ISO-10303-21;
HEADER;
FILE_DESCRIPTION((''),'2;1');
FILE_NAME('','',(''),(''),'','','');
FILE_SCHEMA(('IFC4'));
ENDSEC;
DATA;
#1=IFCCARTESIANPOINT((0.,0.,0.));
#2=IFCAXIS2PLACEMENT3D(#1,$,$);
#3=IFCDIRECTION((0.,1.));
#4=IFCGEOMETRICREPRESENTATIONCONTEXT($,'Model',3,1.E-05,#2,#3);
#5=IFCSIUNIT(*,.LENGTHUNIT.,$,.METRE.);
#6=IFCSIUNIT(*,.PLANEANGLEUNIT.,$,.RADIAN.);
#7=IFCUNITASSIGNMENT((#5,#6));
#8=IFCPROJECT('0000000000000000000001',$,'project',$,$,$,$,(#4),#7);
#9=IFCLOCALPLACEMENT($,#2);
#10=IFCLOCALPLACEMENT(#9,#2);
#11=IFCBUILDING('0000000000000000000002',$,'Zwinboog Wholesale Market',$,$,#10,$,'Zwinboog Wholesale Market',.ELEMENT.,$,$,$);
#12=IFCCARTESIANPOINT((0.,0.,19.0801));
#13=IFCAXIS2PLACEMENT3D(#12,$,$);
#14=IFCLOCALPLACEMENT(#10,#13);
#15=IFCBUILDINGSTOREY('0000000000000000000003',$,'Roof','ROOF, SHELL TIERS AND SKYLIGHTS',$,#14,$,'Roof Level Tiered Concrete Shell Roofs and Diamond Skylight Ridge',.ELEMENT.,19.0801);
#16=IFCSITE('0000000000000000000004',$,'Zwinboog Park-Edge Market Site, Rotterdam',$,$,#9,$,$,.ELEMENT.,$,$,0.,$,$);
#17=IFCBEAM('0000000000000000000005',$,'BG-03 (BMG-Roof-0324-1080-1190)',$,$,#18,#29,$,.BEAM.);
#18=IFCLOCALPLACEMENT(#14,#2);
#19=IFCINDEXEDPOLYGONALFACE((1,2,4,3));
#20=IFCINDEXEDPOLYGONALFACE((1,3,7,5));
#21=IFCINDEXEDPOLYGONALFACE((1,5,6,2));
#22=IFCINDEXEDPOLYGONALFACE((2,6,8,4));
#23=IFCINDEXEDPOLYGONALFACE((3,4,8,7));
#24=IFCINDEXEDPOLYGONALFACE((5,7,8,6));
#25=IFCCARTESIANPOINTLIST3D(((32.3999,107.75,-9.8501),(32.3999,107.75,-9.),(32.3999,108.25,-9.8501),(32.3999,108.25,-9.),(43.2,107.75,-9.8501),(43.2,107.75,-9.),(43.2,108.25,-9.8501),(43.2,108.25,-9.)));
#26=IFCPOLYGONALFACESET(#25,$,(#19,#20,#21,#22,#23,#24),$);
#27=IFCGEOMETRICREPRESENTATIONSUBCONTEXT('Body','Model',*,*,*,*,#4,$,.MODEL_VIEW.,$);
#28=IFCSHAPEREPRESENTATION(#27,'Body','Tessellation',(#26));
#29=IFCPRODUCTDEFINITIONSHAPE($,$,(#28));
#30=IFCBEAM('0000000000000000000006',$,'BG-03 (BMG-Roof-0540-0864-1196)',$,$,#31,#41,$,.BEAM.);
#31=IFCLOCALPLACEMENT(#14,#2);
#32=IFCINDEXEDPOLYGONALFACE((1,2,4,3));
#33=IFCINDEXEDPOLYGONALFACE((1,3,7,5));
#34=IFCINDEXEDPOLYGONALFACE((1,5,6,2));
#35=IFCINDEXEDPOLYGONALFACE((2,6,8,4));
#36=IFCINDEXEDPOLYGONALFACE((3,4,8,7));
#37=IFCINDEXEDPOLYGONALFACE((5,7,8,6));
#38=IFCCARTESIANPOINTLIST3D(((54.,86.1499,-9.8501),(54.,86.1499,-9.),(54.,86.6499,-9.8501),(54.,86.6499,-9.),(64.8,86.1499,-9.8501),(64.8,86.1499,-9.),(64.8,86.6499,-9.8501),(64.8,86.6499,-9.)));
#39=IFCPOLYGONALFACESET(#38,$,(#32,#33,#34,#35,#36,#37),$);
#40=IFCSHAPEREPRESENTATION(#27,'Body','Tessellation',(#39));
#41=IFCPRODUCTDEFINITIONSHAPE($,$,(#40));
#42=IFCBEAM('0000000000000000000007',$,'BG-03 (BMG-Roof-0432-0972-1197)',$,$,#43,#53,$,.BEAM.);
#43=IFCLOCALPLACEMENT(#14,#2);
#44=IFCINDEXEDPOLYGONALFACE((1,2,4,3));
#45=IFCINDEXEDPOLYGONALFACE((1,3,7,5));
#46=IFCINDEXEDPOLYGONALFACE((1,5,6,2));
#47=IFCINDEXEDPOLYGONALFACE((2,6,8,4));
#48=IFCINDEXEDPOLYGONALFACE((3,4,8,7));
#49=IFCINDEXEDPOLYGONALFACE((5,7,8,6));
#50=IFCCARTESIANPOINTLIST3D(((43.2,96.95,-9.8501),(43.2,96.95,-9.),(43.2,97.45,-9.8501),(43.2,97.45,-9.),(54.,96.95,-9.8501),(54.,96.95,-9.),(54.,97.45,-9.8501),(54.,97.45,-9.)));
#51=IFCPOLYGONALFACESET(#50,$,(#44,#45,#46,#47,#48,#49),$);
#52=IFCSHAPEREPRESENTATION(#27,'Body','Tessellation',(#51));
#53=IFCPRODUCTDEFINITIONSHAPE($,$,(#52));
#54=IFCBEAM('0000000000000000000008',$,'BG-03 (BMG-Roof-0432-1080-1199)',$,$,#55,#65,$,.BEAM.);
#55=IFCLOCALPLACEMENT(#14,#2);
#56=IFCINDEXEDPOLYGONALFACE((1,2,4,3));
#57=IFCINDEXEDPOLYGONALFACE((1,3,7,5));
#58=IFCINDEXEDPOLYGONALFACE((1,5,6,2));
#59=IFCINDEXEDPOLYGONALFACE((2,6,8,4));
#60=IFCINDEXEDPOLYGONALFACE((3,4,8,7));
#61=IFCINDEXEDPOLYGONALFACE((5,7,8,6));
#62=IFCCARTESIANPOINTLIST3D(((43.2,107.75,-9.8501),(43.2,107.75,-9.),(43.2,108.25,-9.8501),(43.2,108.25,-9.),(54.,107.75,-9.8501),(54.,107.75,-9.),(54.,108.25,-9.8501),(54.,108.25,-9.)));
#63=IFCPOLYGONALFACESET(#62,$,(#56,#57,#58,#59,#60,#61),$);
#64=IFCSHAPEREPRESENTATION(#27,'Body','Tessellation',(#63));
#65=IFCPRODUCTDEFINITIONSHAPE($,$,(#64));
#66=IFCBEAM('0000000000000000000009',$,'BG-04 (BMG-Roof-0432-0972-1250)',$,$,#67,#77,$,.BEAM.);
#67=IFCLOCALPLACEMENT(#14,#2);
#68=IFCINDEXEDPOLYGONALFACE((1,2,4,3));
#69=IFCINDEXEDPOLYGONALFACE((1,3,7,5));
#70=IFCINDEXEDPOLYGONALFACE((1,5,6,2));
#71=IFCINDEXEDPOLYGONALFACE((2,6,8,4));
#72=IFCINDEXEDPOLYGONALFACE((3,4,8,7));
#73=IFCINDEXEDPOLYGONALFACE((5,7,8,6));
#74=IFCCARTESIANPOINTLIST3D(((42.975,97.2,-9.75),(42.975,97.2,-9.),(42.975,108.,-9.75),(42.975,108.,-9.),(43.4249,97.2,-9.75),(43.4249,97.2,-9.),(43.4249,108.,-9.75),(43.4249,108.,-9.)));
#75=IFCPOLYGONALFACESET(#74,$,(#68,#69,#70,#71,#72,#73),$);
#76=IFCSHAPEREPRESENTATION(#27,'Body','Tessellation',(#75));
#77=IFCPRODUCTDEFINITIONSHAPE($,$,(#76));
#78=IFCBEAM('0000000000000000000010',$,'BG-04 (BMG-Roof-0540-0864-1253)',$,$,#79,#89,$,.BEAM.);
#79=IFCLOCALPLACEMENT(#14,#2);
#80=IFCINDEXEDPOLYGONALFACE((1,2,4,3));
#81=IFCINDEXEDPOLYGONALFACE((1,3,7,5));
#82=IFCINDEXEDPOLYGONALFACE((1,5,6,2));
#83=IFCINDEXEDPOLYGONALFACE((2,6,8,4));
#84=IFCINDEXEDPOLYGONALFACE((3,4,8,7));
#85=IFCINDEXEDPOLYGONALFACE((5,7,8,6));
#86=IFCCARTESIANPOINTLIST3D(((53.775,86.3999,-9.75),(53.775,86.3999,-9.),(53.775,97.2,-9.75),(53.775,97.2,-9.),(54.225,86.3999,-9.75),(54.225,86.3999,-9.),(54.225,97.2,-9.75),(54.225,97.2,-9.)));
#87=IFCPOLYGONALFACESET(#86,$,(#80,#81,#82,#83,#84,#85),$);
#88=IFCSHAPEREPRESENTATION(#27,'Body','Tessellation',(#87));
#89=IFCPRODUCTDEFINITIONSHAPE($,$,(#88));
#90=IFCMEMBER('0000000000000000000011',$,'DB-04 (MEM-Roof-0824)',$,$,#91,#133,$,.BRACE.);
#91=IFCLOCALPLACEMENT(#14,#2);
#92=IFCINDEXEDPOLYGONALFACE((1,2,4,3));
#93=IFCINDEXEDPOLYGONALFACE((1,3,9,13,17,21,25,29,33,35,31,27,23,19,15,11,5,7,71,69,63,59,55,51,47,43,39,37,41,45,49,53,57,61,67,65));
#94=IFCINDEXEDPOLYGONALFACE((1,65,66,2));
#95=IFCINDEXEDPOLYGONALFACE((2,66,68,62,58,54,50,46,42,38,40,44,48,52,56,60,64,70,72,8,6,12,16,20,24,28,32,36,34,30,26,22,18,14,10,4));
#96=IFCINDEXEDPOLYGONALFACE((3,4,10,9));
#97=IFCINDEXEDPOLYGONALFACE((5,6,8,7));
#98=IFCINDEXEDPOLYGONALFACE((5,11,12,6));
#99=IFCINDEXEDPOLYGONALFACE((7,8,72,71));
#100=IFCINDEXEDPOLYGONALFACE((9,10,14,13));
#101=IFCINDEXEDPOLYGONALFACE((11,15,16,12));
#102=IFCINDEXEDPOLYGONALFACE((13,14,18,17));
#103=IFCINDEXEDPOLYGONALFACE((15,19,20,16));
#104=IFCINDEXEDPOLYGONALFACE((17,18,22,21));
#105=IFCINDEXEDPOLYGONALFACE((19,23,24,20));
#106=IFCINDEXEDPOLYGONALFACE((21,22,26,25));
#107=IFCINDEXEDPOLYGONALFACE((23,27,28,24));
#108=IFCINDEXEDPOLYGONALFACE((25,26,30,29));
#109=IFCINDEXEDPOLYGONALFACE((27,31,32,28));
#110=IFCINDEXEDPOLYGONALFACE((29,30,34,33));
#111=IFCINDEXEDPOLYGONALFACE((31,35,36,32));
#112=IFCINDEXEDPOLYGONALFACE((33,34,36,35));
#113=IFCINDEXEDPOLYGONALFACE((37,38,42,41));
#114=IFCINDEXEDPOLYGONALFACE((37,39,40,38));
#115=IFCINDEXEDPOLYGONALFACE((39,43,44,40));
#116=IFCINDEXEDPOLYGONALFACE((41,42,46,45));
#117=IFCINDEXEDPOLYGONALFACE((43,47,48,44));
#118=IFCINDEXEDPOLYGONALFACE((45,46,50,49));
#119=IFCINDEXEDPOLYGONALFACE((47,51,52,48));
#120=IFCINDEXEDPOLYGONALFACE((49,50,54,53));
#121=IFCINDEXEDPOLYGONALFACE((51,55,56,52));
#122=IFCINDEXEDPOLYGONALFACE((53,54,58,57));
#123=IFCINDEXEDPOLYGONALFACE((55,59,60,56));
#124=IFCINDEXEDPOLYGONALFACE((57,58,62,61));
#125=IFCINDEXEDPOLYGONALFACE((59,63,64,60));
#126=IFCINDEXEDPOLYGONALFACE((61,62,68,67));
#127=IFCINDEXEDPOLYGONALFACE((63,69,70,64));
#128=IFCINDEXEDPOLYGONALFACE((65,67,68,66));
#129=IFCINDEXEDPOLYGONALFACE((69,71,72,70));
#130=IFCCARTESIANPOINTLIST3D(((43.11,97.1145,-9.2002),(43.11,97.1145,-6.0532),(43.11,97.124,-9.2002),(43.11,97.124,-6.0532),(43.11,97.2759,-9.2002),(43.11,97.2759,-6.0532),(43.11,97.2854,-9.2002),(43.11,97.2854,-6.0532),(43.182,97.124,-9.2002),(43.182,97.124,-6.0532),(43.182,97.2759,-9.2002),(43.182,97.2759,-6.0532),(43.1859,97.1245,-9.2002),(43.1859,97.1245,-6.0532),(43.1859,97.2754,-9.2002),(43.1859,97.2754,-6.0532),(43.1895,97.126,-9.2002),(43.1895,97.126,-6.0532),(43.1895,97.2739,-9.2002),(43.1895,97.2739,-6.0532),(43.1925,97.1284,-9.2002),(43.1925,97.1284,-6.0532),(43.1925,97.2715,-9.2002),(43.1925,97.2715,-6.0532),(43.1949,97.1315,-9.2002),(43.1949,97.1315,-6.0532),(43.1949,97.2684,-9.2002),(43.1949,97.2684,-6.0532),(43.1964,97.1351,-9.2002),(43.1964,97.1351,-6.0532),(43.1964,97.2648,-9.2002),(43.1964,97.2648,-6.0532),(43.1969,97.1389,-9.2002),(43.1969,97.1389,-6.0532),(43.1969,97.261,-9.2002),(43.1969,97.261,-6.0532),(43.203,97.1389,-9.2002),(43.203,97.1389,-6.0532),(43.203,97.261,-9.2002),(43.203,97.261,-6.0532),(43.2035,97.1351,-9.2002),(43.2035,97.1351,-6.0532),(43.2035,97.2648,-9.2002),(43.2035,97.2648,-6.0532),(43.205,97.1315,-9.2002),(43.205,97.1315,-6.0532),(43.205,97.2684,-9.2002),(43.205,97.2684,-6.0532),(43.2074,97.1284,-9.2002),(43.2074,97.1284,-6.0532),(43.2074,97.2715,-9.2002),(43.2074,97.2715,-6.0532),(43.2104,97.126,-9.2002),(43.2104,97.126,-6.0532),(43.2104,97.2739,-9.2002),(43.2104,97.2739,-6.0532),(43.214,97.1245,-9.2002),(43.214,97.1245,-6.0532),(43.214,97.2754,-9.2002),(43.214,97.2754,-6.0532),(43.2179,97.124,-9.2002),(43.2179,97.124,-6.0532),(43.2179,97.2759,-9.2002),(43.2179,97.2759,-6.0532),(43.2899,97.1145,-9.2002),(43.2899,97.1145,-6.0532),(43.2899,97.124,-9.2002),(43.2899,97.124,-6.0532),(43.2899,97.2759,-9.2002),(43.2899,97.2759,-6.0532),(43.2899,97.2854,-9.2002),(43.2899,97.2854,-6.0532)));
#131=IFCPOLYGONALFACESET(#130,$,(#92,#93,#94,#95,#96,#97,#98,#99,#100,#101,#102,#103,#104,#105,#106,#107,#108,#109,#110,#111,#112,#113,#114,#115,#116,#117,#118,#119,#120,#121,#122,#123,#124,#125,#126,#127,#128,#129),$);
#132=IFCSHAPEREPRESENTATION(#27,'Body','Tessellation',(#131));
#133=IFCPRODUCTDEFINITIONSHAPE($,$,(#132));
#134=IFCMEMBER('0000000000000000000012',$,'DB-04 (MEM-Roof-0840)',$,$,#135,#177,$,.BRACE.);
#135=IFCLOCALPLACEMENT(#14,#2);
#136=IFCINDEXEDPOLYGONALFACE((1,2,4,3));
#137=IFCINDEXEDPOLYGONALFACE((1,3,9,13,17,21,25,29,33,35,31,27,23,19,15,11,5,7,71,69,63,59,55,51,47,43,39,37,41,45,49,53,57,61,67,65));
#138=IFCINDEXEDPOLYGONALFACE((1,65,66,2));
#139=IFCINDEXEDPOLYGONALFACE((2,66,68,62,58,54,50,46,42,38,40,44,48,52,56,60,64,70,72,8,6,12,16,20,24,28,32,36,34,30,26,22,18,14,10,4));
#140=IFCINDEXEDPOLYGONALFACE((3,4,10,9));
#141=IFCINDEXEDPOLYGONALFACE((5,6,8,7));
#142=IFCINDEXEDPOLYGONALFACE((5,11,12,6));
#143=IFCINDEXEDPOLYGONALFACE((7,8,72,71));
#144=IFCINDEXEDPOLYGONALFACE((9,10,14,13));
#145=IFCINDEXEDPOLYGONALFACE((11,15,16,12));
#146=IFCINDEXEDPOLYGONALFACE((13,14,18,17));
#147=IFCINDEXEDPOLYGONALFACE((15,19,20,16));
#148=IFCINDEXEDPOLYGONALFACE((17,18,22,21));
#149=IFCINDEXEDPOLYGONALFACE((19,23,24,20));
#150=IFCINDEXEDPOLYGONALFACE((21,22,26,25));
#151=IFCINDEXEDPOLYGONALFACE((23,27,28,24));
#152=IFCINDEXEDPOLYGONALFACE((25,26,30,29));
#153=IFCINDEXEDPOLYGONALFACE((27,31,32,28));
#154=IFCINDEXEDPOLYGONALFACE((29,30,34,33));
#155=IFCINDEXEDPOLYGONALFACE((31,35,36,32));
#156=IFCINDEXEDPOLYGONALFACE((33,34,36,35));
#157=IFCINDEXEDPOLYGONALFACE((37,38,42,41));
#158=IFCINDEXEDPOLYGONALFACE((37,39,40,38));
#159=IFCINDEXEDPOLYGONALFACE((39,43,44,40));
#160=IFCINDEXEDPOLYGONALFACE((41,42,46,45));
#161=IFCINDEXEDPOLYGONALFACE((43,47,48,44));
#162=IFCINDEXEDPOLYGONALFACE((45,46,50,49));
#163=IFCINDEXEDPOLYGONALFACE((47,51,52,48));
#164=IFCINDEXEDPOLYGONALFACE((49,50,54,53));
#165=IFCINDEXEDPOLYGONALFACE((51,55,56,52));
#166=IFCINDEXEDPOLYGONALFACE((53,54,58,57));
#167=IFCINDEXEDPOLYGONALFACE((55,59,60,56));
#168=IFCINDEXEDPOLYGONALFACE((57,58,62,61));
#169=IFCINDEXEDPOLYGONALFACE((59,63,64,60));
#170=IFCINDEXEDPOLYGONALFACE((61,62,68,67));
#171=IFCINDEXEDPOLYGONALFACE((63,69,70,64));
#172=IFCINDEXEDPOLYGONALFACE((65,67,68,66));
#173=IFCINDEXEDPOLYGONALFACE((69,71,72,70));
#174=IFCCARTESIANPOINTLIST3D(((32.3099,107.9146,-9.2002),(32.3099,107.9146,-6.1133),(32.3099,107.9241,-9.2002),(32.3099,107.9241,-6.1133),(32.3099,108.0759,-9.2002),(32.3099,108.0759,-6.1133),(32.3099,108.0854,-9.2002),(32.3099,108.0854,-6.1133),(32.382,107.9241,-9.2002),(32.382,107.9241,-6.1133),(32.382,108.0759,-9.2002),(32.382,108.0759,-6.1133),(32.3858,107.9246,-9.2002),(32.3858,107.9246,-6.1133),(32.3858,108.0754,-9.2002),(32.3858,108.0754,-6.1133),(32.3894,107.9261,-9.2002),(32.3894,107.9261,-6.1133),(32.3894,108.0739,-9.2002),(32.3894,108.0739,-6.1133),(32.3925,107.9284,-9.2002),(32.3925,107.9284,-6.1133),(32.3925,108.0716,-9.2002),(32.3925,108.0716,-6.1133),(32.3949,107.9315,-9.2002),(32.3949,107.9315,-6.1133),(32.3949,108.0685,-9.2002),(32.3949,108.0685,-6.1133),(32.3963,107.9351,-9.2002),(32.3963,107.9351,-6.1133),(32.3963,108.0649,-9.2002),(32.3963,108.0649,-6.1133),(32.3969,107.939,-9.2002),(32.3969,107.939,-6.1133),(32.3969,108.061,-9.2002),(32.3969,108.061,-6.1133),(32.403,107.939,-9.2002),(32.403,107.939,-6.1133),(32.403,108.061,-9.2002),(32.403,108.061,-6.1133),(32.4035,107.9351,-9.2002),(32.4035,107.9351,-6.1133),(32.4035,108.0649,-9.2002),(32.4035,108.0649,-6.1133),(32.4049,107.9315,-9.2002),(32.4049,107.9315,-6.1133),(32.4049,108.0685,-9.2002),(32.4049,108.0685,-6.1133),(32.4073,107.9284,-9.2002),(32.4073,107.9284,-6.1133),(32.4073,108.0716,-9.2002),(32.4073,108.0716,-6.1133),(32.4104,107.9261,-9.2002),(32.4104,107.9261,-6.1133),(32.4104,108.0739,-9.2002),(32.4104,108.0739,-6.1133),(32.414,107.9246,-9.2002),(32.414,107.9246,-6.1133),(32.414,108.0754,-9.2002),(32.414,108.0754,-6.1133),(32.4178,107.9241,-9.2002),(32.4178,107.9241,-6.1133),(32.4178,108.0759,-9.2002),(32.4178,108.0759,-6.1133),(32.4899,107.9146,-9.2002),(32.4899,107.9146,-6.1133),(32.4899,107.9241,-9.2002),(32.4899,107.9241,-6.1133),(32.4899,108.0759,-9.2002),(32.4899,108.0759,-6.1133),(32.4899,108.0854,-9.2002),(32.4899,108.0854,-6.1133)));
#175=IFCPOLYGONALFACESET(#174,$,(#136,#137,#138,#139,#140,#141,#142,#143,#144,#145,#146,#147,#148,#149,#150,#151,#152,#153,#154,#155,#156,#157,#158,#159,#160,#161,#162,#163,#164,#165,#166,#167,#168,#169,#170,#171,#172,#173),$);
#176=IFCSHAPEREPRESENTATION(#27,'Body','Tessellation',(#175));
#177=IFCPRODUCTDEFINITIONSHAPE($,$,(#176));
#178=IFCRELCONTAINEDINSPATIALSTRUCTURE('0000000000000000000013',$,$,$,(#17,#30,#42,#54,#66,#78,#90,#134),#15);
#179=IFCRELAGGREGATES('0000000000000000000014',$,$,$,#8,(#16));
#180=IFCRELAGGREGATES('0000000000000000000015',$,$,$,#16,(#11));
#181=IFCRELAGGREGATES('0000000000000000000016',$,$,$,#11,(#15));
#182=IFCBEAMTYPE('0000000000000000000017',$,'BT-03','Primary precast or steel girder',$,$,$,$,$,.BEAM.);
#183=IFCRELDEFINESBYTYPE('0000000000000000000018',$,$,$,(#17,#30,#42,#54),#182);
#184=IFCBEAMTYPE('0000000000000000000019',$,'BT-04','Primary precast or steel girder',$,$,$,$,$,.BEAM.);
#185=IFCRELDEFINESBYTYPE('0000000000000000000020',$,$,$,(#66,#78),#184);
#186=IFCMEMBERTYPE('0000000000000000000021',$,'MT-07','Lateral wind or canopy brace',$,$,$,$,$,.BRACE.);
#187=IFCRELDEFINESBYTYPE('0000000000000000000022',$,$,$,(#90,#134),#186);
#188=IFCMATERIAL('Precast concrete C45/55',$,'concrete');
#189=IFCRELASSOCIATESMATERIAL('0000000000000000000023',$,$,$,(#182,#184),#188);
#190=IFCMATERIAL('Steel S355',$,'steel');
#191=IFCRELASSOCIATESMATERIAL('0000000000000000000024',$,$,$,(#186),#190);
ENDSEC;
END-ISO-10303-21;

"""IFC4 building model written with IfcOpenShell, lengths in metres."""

from ifc_helpers import new_model, si_unit, direction, frame, origin, origin_2d, place, context, subcontext, project, spatial, rectangle, i_section, extrude, material, material_profile, profile_set, type_object, element, save


model = new_model("IFC4")

# Units and contexts
model_context = context("Model", 3, precision=1e-05, world=origin(), true_north=direction((0.0, 1.0)))
body_context = subcontext(model_context, "Body", "Model", "MODEL_VIEW")
ifc_project = project(units=[si_unit("LENGTHUNIT", "METRE"), si_unit("PLANEANGLEUNIT", "RADIAN")], contexts=[model_context])

# Site, building, storey
site_placement = place(None, origin())
site = spatial("IfcSite", under=ifc_project, at=site_placement, Name="Zwinboog Park-Edge Market Site, Rotterdam", CompositionType="ELEMENT", RefElevation=0.0)
building_placement = place(site_placement, origin())
building = spatial("IfcBuilding", under=site, at=building_placement, Name="Zwinboog Wholesale Market", LongName="Zwinboog Wholesale Market", CompositionType="ELEMENT")
storey_placement = place(building_placement, frame((0.0, 0.0, 19.0801)))
storey = spatial("IfcBuildingStorey", under=building, at=storey_placement, Name="Roof", Description="ROOF, SHELL TIERS AND SKYLIGHTS", LongName="Roof Level Tiered Concrete Shell Roofs and Diamond Skylight Ridge", CompositionType="ELEMENT", Elevation=19.0801)

# Beams
ifc_material_1 = material(Name="Precast concrete C45/55", Category="concrete")
ifc_material_profile_1 = material_profile(ifc_material_1, rectangle(XDim=0.5, YDim=0.8501, at=origin_2d()), Name="PC 500x850")
ifc_profile_set_1 = profile_set([ifc_material_profile_1], Name="Precast concrete C45/55")
beam_type_1 = type_object("IfcBeamType", Name="BT-03", Description="Primary precast or steel girder", PredefinedType="BEAM", material=ifc_profile_set_1)
for number, where, z_axis, x_axis, name in (
    (1, (32.3999, 108.0, -9.425), (1.0, 0.0, 0.0), (0.0, 1.0, 0.0), "BG-03 (BMG-Roof-0324-1080-1190)"),
    (2, (54.0, 86.3999, -9.425), (1.0, 0.0, 0.0), (0.0, 1.0, 0.0), "BG-03 (BMG-Roof-0540-0864-1196)"),
    (3, (43.2, 97.2, -9.425), (1.0, 0.0, 0.0), (0.0, 1.0, 0.0), "BG-03 (BMG-Roof-0432-0972-1197)"),
    (4, (43.2, 108.0, -9.425), (1.0, 0.0, 0.0), (0.0, 1.0, 0.0), "BG-03 (BMG-Roof-0432-1080-1199)"),
):
    element("IfcBeam", number, at=place(storey_placement, frame(where, z_axis=z_axis, x_axis=x_axis)), inside=storey, type_object=beam_type_1, Name=name, PredefinedType="BEAM", context=body_context, shape_type="SweptSolid", body=[
        extrude(rectangle(XDim=0.5, YDim=0.8501, at=origin_2d()), origin(), (0.0, 0.0, 1.0), 10.8),
    ])
ifc_material_profile_2 = material_profile(ifc_material_1, rectangle(XDim=0.45, YDim=0.75, at=origin_2d()), Name="PC 450x750")
ifc_profile_set_2 = profile_set([ifc_material_profile_2], Name="Precast concrete C45/55")
beam_type_2 = type_object("IfcBeamType", Name="BT-04", Description="Primary precast or steel girder", PredefinedType="BEAM", material=ifc_profile_set_2)
for number, where, z_axis, x_axis, name in (
    (5, (43.2, 97.2, -9.375), (0.0, 1.0, 0.0), (-1.0, 0.0, 0.0), "BG-04 (BMG-Roof-0432-0972-1250)"),
    (6, (54.0, 86.3999, -9.375), (0.0, 1.0, 0.0), (-1.0, 0.0, 0.0), "BG-04 (BMG-Roof-0540-0864-1253)"),
):
    element("IfcBeam", number, at=place(storey_placement, frame(where, z_axis=z_axis, x_axis=x_axis)), inside=storey, type_object=beam_type_2, Name=name, PredefinedType="BEAM", context=body_context, shape_type="SweptSolid", body=[
        extrude(rectangle(XDim=0.45, YDim=0.75, at=origin_2d()), origin(), (0.0, 0.0, 1.0), 10.8),
    ])

# Members
ifc_material_2 = material(Name="Steel S355", Category="steel")
ifc_material_profile_3 = material_profile(ifc_material_2, i_section(OverallWidth=0.1799, OverallDepth=0.1709, WebThickness=0.0061, FlangeThickness=0.0095, FilletRadius=0.0149, at=origin_2d()), Name="HEA 180")
ifc_profile_set_3 = profile_set([ifc_material_profile_3], Name="Steel S355")
member_type_1 = type_object("IfcMemberType", Name="MT-07", Description="Lateral wind or canopy brace", PredefinedType="BRACE", material=ifc_profile_set_3)
member_1_placement = place(storey_placement, frame((43.2, 97.2, -9.2002), z_axis=(0.0, 0.0, 1.0), x_axis=(1.0, 0.0, 0.0)))
element("IfcMember", 7, at=member_1_placement, inside=storey, type_object=member_type_1, Name="DB-04 (MEM-Roof-0824)", PredefinedType="BRACE", context=body_context, shape_type="SweptSolid", body=[
    extrude(i_section(OverallWidth=0.1799, OverallDepth=0.1709, WebThickness=0.0061, FlangeThickness=0.0095, FilletRadius=0.0149, at=origin_2d()), origin(), (0.0, 0.0, 1.0), 3.147),
])
for number, where, z_axis, x_axis, name in (
    (8, (32.3999, 108.0, -9.2002), (0.0, 0.0, 1.0), (1.0, 0.0, 0.0), "DB-04 (MEM-Roof-0840)"),
):
    element("IfcMember", number, at=place(storey_placement, frame(where, z_axis=z_axis, x_axis=x_axis)), inside=storey, type_object=member_type_1, Name=name, PredefinedType="BRACE", context=body_context, shape_type="SweptSolid", body=[
        extrude(i_section(OverallWidth=0.1799, OverallDepth=0.1709, WebThickness=0.0061, FlangeThickness=0.0095, FilletRadius=0.0149, at=origin_2d()), origin(), (0.0, 0.0, 1.0), 3.0869),
    ])

save(model, "model.ifc")
